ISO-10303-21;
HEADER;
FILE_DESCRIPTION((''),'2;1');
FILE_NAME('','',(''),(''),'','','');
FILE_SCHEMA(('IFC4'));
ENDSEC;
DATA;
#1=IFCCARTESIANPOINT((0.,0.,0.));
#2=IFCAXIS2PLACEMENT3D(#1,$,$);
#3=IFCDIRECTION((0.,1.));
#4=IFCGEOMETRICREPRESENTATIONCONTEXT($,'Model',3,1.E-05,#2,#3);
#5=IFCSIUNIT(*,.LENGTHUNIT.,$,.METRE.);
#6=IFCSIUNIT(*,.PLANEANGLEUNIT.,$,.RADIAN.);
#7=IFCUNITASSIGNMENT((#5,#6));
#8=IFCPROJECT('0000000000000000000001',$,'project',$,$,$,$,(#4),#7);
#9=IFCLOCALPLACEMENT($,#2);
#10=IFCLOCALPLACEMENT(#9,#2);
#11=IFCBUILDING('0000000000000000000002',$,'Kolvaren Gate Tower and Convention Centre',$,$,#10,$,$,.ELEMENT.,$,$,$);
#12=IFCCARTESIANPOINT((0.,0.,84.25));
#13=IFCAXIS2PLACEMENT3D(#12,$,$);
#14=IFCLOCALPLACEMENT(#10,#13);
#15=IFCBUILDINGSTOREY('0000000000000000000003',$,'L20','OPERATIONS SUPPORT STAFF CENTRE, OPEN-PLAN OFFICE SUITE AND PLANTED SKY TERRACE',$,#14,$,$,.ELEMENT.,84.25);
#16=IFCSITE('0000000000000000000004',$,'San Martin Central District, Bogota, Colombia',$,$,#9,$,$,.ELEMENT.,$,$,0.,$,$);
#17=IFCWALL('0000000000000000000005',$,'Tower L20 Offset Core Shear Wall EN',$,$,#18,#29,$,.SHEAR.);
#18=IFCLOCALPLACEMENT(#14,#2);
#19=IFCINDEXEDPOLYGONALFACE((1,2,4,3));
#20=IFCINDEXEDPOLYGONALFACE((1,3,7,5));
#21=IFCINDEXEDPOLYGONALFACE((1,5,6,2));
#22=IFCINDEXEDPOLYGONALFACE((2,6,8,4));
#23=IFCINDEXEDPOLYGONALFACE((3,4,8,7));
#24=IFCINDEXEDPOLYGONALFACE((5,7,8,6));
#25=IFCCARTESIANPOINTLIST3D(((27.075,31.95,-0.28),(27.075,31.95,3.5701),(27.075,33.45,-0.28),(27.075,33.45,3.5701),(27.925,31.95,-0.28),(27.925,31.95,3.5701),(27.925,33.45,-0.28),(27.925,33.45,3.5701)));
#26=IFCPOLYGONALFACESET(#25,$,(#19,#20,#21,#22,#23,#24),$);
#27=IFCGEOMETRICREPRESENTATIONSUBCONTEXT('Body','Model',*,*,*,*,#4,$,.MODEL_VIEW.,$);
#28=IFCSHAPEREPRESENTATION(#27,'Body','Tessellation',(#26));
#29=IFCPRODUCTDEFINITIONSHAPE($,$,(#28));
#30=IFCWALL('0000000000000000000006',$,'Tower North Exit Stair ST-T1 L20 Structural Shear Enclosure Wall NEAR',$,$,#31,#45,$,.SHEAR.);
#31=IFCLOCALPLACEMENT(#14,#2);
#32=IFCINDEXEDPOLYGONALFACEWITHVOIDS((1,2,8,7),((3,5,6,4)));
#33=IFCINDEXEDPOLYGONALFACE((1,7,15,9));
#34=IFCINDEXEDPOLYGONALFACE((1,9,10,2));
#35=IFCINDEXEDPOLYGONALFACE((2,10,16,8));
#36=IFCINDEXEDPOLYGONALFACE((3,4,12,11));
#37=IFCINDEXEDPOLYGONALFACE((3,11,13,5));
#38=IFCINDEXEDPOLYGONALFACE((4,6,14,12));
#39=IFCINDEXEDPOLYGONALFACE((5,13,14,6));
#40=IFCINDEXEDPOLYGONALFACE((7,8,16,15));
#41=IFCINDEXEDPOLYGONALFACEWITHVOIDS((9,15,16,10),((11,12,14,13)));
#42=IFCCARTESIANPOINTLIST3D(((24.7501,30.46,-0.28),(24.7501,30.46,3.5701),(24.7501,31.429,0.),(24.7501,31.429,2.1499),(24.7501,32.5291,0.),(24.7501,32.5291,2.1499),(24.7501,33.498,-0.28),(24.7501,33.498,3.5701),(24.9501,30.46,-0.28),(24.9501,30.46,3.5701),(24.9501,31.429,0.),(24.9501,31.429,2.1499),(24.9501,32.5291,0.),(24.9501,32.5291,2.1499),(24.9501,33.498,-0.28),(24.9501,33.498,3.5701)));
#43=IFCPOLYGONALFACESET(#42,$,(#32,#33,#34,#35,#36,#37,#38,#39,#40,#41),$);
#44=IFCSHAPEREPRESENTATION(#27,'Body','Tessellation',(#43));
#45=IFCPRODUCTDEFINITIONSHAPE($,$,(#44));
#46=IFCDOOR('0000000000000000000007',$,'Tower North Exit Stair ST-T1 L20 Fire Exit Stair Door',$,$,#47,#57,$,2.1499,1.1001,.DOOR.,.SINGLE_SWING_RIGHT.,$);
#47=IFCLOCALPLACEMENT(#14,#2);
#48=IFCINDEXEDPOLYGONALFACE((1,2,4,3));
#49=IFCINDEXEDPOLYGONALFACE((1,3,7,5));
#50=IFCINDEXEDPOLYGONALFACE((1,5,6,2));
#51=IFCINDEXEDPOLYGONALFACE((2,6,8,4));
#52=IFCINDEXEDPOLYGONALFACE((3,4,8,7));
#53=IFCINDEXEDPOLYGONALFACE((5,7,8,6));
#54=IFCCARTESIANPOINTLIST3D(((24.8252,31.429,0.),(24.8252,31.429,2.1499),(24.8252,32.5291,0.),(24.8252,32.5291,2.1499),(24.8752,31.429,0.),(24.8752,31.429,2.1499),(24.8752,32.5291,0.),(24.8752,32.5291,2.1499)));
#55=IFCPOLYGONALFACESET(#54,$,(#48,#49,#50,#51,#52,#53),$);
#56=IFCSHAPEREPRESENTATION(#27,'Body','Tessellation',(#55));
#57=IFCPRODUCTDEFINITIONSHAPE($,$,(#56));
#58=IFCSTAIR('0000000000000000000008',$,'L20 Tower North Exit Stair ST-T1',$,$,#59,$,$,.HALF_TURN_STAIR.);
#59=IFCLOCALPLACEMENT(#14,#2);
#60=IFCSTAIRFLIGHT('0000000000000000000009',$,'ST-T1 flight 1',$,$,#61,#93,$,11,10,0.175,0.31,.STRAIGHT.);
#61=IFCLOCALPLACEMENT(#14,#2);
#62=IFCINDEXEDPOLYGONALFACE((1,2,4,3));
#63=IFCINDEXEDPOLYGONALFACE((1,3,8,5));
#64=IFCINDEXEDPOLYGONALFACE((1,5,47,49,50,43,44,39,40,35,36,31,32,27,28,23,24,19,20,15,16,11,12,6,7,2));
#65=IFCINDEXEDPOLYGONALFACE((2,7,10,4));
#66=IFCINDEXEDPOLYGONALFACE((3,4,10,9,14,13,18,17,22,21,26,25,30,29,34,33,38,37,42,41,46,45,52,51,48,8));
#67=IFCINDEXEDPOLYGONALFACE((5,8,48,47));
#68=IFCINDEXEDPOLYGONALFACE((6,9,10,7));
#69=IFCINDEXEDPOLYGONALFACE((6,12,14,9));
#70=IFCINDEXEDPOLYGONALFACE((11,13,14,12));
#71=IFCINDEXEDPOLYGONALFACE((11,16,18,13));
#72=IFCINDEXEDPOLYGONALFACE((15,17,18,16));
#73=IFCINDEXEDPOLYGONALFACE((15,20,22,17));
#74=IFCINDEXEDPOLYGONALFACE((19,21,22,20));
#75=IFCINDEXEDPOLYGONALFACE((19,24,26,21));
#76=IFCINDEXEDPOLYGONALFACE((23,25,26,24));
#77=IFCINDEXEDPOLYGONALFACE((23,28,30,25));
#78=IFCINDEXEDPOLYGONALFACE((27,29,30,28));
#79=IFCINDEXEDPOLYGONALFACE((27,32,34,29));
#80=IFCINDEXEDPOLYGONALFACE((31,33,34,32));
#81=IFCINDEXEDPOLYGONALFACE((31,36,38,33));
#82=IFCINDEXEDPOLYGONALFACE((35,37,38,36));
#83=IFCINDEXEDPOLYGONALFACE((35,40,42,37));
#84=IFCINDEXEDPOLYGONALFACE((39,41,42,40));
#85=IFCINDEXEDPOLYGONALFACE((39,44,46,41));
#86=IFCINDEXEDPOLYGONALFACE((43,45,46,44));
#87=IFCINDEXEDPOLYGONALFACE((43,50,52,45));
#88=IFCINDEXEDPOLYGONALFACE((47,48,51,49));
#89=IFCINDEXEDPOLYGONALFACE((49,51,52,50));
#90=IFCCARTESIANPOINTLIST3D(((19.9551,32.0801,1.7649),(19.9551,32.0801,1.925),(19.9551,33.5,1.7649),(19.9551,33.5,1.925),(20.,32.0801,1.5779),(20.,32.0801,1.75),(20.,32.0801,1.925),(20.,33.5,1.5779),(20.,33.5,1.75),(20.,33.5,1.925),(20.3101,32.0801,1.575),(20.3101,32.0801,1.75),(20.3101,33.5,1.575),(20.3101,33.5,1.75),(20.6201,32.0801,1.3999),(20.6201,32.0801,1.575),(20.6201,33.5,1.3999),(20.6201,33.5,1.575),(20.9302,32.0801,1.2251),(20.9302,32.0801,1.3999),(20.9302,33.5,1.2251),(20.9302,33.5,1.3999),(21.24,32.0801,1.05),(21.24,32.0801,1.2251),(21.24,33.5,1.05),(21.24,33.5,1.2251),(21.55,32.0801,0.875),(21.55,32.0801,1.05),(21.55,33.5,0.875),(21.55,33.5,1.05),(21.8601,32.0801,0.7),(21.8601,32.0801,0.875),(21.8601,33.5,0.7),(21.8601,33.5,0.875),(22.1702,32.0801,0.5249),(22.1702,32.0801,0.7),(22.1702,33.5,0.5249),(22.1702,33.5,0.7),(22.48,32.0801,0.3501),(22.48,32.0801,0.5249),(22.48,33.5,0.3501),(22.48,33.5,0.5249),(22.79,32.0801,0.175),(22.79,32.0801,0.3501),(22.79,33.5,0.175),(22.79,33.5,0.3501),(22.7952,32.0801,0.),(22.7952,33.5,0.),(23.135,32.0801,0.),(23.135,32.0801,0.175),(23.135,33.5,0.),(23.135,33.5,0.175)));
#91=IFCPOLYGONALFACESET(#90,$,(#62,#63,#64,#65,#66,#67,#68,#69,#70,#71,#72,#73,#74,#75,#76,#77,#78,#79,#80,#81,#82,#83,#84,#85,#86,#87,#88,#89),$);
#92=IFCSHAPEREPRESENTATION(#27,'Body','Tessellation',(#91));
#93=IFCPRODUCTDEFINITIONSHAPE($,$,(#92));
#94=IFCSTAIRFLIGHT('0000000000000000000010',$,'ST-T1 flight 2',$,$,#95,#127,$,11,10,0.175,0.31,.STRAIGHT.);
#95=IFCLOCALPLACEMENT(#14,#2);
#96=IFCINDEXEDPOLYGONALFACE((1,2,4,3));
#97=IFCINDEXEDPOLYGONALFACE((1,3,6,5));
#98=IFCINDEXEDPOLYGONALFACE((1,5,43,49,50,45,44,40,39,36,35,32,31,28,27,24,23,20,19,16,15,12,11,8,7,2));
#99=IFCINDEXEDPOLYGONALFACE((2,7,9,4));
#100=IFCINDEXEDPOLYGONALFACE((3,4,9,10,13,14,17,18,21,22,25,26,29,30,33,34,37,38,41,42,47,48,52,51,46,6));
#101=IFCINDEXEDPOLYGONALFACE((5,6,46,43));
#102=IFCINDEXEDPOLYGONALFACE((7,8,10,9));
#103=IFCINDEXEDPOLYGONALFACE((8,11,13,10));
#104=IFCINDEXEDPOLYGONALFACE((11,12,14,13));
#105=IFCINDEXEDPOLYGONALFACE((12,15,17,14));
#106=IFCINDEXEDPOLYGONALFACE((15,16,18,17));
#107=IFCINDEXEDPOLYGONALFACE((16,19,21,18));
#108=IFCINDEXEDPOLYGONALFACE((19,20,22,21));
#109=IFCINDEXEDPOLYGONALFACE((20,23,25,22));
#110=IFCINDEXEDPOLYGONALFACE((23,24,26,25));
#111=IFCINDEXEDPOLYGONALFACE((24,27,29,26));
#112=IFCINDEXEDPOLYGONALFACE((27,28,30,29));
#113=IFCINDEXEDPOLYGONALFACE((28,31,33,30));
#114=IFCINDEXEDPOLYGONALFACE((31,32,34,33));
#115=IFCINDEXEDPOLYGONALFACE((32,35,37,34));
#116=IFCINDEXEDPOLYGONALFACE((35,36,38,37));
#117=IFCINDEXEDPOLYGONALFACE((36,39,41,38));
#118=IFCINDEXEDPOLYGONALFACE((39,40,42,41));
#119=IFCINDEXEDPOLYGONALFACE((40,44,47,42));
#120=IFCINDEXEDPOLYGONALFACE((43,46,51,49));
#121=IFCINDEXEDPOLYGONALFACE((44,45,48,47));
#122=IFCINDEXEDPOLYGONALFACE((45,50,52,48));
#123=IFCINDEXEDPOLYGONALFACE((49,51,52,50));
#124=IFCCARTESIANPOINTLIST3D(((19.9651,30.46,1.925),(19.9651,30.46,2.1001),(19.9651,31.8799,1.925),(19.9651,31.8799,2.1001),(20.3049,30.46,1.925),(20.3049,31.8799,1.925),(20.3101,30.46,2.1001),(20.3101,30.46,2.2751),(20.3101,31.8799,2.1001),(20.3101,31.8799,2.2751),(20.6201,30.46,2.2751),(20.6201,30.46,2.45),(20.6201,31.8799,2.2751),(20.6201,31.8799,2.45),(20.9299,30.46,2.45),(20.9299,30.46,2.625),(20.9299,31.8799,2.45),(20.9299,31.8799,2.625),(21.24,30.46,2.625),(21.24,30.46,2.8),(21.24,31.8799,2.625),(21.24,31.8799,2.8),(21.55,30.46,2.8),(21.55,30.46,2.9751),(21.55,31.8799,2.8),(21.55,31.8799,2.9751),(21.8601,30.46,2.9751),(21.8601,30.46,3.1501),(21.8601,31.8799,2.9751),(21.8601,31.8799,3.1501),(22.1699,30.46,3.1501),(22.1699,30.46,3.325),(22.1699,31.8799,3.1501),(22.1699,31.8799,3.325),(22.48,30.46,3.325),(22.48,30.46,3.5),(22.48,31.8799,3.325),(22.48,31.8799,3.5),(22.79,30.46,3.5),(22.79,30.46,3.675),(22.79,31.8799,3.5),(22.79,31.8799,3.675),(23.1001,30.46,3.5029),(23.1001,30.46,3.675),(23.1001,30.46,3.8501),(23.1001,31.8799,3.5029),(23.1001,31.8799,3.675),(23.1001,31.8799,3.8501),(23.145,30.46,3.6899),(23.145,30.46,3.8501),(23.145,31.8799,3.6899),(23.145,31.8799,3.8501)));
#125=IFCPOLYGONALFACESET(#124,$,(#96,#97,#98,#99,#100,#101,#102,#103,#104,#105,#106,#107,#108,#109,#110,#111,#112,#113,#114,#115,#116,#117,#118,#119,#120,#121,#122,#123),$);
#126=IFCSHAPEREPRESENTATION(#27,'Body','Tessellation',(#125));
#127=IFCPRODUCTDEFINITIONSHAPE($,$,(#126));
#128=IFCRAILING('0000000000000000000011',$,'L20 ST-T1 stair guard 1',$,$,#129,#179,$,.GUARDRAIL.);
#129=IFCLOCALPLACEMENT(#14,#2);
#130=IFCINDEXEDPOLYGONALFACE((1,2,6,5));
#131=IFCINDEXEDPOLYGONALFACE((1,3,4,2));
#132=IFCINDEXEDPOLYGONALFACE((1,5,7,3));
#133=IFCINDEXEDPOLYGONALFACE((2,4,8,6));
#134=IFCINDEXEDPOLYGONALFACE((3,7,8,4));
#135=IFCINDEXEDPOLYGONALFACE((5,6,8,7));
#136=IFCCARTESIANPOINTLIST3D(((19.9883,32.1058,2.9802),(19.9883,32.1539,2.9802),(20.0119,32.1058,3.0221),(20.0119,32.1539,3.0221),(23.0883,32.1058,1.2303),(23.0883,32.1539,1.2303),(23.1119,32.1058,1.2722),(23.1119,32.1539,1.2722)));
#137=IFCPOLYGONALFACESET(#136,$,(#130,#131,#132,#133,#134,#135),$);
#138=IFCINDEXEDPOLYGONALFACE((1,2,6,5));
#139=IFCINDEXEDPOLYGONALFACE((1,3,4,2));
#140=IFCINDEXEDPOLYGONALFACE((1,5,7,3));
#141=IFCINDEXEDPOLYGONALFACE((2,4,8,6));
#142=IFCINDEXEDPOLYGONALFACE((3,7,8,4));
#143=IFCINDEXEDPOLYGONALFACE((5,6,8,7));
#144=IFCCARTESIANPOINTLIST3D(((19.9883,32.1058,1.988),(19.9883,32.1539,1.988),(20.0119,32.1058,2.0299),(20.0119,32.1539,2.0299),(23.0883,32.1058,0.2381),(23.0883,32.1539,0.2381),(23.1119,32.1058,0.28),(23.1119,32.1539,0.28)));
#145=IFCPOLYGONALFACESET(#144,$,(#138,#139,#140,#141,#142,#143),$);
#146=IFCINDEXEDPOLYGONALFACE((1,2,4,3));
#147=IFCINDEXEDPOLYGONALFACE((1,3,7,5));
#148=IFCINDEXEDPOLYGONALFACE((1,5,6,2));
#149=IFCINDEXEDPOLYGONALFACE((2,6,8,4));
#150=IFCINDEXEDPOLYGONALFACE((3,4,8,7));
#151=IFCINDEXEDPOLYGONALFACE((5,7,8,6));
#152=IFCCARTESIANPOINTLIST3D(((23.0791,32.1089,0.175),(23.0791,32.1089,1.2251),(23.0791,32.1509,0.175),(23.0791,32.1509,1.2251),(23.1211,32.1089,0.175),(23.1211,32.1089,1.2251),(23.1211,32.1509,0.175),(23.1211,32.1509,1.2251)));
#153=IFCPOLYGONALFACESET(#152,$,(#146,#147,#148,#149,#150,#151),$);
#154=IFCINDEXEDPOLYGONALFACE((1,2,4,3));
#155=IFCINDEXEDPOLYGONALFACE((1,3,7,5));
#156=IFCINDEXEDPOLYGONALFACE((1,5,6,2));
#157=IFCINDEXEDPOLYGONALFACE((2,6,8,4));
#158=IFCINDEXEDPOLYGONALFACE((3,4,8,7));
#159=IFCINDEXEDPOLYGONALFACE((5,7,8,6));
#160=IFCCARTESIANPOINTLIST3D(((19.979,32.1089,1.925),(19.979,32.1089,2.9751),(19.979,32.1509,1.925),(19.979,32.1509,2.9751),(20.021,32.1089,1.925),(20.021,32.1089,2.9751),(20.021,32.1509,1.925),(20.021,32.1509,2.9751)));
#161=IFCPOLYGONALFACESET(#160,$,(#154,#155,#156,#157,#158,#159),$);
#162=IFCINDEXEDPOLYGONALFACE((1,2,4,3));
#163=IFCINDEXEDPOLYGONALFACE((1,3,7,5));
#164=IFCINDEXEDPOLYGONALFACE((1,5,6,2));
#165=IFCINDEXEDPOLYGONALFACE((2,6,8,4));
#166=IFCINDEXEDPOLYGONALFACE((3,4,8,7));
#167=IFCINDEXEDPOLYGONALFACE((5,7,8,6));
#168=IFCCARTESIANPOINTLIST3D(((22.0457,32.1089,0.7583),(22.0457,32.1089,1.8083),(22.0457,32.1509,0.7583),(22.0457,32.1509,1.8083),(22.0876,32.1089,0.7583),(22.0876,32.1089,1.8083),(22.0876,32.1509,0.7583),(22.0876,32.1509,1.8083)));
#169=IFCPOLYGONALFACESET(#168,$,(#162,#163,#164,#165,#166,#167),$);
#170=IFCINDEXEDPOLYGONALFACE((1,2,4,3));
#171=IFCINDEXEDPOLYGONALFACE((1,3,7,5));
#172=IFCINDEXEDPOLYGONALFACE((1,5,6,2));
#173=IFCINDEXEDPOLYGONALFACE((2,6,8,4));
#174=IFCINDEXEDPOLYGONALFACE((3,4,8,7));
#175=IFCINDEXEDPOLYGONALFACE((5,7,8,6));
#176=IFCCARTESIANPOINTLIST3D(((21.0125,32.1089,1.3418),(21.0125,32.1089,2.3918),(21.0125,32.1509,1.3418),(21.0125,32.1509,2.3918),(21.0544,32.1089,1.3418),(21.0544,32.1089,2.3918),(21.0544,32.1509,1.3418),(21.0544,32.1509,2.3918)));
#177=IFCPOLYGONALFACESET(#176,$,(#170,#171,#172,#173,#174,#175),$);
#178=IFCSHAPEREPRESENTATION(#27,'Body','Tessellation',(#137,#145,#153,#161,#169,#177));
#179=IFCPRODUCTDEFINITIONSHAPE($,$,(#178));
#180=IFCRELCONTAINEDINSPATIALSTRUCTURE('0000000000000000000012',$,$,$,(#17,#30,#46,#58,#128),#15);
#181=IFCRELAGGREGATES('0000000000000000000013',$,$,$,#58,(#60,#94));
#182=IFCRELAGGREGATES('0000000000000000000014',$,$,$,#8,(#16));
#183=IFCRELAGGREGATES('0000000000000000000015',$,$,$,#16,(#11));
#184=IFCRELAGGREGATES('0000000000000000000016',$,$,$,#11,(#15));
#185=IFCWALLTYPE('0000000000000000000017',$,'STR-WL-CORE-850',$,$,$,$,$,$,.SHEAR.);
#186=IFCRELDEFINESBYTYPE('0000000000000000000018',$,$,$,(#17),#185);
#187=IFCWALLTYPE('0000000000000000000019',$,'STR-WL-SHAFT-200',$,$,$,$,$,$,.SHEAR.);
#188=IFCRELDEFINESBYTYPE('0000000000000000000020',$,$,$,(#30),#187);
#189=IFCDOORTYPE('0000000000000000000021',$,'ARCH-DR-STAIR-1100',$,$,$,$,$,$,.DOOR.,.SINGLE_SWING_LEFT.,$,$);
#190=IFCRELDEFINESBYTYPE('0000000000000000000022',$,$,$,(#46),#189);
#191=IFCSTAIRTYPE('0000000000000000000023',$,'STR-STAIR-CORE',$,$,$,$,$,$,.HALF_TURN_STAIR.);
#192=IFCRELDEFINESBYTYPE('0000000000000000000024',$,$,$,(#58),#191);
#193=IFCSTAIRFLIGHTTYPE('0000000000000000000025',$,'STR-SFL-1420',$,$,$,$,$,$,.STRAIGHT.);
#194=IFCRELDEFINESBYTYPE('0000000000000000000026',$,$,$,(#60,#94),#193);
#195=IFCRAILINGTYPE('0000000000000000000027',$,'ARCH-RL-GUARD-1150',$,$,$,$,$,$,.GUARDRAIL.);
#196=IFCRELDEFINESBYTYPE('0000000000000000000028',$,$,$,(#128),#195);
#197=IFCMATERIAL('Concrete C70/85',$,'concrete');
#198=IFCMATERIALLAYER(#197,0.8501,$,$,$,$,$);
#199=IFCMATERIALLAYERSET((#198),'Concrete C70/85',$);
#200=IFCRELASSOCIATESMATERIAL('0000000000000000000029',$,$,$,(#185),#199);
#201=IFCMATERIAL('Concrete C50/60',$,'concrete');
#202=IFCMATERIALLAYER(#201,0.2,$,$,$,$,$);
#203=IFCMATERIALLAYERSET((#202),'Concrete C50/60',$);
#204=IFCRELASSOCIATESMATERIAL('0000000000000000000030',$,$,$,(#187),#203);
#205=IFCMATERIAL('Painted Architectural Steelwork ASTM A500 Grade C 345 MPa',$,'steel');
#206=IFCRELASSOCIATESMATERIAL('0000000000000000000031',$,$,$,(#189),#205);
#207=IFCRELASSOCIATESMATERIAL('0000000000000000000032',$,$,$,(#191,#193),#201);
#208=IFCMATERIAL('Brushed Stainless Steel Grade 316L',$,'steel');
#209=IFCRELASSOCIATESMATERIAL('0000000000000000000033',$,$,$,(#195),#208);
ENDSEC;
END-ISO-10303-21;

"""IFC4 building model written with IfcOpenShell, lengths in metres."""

from ifc_helpers import new_model, si_unit, direction, frame, frame_2d, origin, origin_2d, place, context, subcontext, project, spatial, polyline, rectangle, outline, extrude, material, layer, layer_set, type_object, element, fill, aggregate, save


model = new_model("IFC4")

# Units and contexts
model_context = context("Model", 3, precision=1e-05, world=origin(), true_north=direction((0.0, 1.0)))
body_context = subcontext(model_context, "Body", "Model", "MODEL_VIEW")
ifc_project = project(units=[si_unit("LENGTHUNIT", "METRE"), si_unit("PLANEANGLEUNIT", "RADIAN")], contexts=[model_context])

# Site, building, storey
site_placement = place(None, origin())
site = spatial("IfcSite", under=ifc_project, at=site_placement, Name="San Martin Central District, Bogota, Colombia", CompositionType="ELEMENT", RefElevation=0.0)
building_placement = place(site_placement, origin())
building = spatial("IfcBuilding", under=site, at=building_placement, Name="Kolvaren Gate Tower and Convention Centre", CompositionType="ELEMENT")
storey_placement = place(building_placement, frame((0.0, 0.0, 84.25)))
storey = spatial("IfcBuildingStorey", under=building, at=storey_placement, Name="L20", Description="OPERATIONS SUPPORT STAFF CENTRE, OPEN-PLAN OFFICE SUITE AND PLANTED SKY TERRACE", CompositionType="ELEMENT", Elevation=84.25)

# Shared definitions
ifc_material_1 = material(Name="Brushed Stainless Steel Grade 316L", Category="steel")

# Wall
ifc_material_2 = material(Name="Concrete C70/85", Category="concrete")
ifc_layer_1 = layer(ifc_material_2, 0.8501)
ifc_layer_set_1 = layer_set([ifc_layer_1], Name="Concrete C70/85")
wall_type_1 = type_object("IfcWallType", Name="STR-WL-CORE-850", PredefinedType="SHEAR", material=ifc_layer_set_1)
wall_1_placement = place(storey_placement, frame((27.5, 31.95, -0.28), z_axis=(0.0, 0.0, 1.0), x_axis=(0.0, 1.0, 0.0)))
element("IfcWall", 1, at=wall_1_placement, inside=storey, type_object=wall_type_1, Name="Tower L20 Offset Core Shear Wall EN", PredefinedType="SHEAR", context=body_context, shape_type="SweptSolid", body=[
    extrude(rectangle(XDim=1.5, YDim=0.8501, at=frame_2d((0.75, 0.0))), origin(), (0.0, 0.0, 1.0), 3.8501),
])

# Wall, opening, door
ifc_material_3 = material(Name="Concrete C50/60", Category="concrete")
ifc_layer_2 = layer(ifc_material_3, 0.2)
ifc_layer_set_2 = layer_set([ifc_layer_2], Name="Concrete C50/60")
wall_type_2 = type_object("IfcWallType", Name="STR-WL-SHAFT-200", PredefinedType="SHEAR", material=ifc_layer_set_2)
wall_2_placement = place(storey_placement, frame((24.8501, 30.46, -0.28), z_axis=(0.0, 0.0, 1.0), x_axis=(0.0, 1.0, 0.0)))
wall_2 = element("IfcWall", 2, at=wall_2_placement, inside=storey, type_object=wall_type_2, Name="Tower North Exit Stair ST-T1 L20 Structural Shear Enclosure Wall NEAR", PredefinedType="SHEAR", context=body_context, shape_type="SweptSolid", body=[
    extrude(rectangle(XDim=3.0381, YDim=0.2, at=frame_2d((1.519, 0.0))), origin(), (0.0, 0.0, 1.0), 3.8501),
])
opening_1_placement = place(wall_2_placement, frame((0.969, 0.0, 0.28)))
opening_1 = element("IfcOpeningElement", 3, at=opening_1_placement, cuts=wall_2, PredefinedType="OPENING", context=body_context, shape_type="SweptSolid", body=[
    extrude(rectangle(XDim=1.1001, YDim=2.1499, at=frame_2d((0.55, 1.075))), frame((0.0, 0.1099, 0.0), z_axis=(0.0, -1.0, 0.0), x_axis=(1.0, 0.0, 0.0)), (0.0, 0.0, 1.0), 0.22),
])
ifc_material_4 = material(Name="Painted Architectural Steelwork ASTM A500 Grade C 345 MPa", Category="steel")
door_type_1 = type_object("IfcDoorType", Name="ARCH-DR-STAIR-1100", OperationType="SINGLE_SWING_LEFT", PredefinedType="DOOR", material=ifc_material_4)
door_1_placement = place(opening_1_placement, origin())
door_1 = element("IfcDoor", 4, at=door_1_placement, inside=storey, type_object=door_type_1, Name="Tower North Exit Stair ST-T1 L20 Fire Exit Stair Door", OperationType="SINGLE_SWING_RIGHT", OverallHeight=2.1499, OverallWidth=1.1001, PredefinedType="DOOR", context=body_context, shape_type="SweptSolid", body=[
    extrude(rectangle(XDim=1.1001, YDim=2.1499, at=frame_2d((0.55, 1.075))), frame((0.0, 0.0249, 0.0), z_axis=(0.0, -1.0, 0.0), x_axis=(1.0, 0.0, 0.0)), (0.0, 0.0, 1.0), 0.05),
])
fill(opening_1, door_1)

# Stair, stair flights
stair_type = type_object("IfcStairType", Name="STR-STAIR-CORE", PredefinedType="HALF_TURN_STAIR", material=ifc_material_3)
stair_placement = place(storey_placement, origin())
stair = element("IfcStair", 5, at=stair_placement, inside=storey, type_object=stair_type, Name="L20 Tower North Exit Stair ST-T1", PredefinedType="HALF_TURN_STAIR")
stair_flight_type = type_object("IfcStairFlightType", Name="STR-SFL-1420", PredefinedType="STRAIGHT", material=ifc_material_3)
stair_flight_1_placement = place(storey_placement, frame((23.1001, 32.79, 0.0), z_axis=(0.0, 0.0, 1.0), x_axis=(-1.0, 0.0, 0.0)))
stair_flight_1 = element("IfcStairFlight", 6, at=stair_flight_1_placement, type_object=stair_flight_type, Name="ST-T1 flight 1", NumberOfRisers=11, NumberOfTreads=10, PredefinedType="STRAIGHT", RiserHeight=0.175, TreadLength=0.31, context=body_context, shape_type="SweptSolid", body=[
    extrude(outline(polyline([(-0.0349, 0.0), (-0.0349, 0.175), (0.3101, 0.175), (0.3101, 0.3501), (0.6201, 0.3501), (0.6201, 0.5249), (0.9299, 0.5249), (0.9299, 0.7), (1.24, 0.7), (1.24, 0.875), (1.55, 0.875), (1.55, 1.05), (1.8601, 1.05), (1.8601, 1.2251), (2.1699, 1.2251), (2.1699, 1.3999), (2.48, 1.3999), (2.48, 1.575), (2.79, 1.575), (2.79, 1.75), (3.1001, 1.75), (3.1001, 1.925), (3.145, 1.925), (3.145, 1.7649), (3.1001, 1.5779), (0.3049, 0.0), (-0.0349, 0.0)])), frame((0.0, 0.71, 0.0), z_axis=(0.0, -1.0, 0.0), x_axis=(1.0, 0.0, 0.0)), (0.0, 0.0, 1.0), 1.4199),
])
stair_flight_2_placement = place(storey_placement, frame((20.0, 31.1699, 1.925), z_axis=(0.0, 0.0, 1.0), x_axis=(1.0, 0.0, 0.0)))
stair_flight_2 = element("IfcStairFlight", 7, at=stair_flight_2_placement, type_object=stair_flight_type, Name="ST-T1 flight 2", NumberOfRisers=11, NumberOfTreads=10, PredefinedType="STRAIGHT", RiserHeight=0.175, TreadLength=0.31, context=body_context, shape_type="SweptSolid", body=[
    extrude(outline(polyline([(-0.0349, 0.0), (-0.0349, 0.175), (0.3101, 0.175), (0.3101, 0.3501), (0.6201, 0.3501), (0.6201, 0.5249), (0.9299, 0.5249), (0.9299, 0.7), (1.24, 0.7), (1.24, 0.875), (1.55, 0.875), (1.55, 1.05), (1.8601, 1.05), (1.8601, 1.2251), (2.1699, 1.2251), (2.1699, 1.3999), (2.48, 1.3999), (2.48, 1.575), (2.79, 1.575), (2.79, 1.75), (3.1001, 1.75), (3.1001, 1.925), (3.145, 1.925), (3.145, 1.7649), (3.1001, 1.5779), (0.3049, 0.0), (-0.0349, 0.0)])), frame((0.0, 0.71, 0.0), z_axis=(0.0, -1.0, 0.0), x_axis=(1.0, 0.0, 0.0)), (0.0, 0.0, 1.0), 1.4199),
])
aggregate(stair, [stair_flight_1, stair_flight_2])

# Railing
railing_type_1 = type_object("IfcRailingType", Name="ARCH-RL-GUARD-1150", PredefinedType="GUARDRAIL", material=ifc_material_1)
railing_1_placement = place(storey_placement, frame((23.1001, 32.1299, 0.175)))
element("IfcRailing", 8, at=railing_1_placement, inside=storey, type_object=railing_type_1, Name="L20 ST-T1 stair guard 1", PredefinedType="GUARDRAIL", context=body_context, shape_type="SweptSolid", body=[
    extrude(rectangle(XDim=0.0481, YDim=0.0481, at=origin_2d()), frame((0.0, 0.0, 1.0762), z_axis=(-0.870831, 0.0, 0.491583), x_axis=(0.0, -1.0, 0.0)), (0.0, 0.0, 1.0), 3.5598),
    extrude(rectangle(XDim=0.0481, YDim=0.0481, at=origin_2d()), frame((0.0, 0.0, 0.084), z_axis=(-0.870831, 0.0, 0.491583), x_axis=(0.0, -1.0, 0.0)), (0.0, 0.0, 1.0), 3.5598),
    extrude(rectangle(XDim=0.042, YDim=0.042, at=origin_2d()), origin(), (0.0, 0.0, 1.0), 1.05),
    extrude(rectangle(XDim=0.042, YDim=0.042, at=origin_2d()), frame((-3.1001, 0.0, 1.75)), (0.0, 0.0, 1.0), 1.05),
    extrude(rectangle(XDim=0.042, YDim=0.042, at=origin_2d()), frame((-1.0334, 0.0, 0.5833)), (0.0, 0.0, 1.0), 1.05),
    extrude(rectangle(XDim=0.042, YDim=0.042, at=origin_2d()), frame((-2.0667, 0.0, 1.1667)), (0.0, 0.0, 1.0), 1.05),
])

save(model, "model.ifc")
